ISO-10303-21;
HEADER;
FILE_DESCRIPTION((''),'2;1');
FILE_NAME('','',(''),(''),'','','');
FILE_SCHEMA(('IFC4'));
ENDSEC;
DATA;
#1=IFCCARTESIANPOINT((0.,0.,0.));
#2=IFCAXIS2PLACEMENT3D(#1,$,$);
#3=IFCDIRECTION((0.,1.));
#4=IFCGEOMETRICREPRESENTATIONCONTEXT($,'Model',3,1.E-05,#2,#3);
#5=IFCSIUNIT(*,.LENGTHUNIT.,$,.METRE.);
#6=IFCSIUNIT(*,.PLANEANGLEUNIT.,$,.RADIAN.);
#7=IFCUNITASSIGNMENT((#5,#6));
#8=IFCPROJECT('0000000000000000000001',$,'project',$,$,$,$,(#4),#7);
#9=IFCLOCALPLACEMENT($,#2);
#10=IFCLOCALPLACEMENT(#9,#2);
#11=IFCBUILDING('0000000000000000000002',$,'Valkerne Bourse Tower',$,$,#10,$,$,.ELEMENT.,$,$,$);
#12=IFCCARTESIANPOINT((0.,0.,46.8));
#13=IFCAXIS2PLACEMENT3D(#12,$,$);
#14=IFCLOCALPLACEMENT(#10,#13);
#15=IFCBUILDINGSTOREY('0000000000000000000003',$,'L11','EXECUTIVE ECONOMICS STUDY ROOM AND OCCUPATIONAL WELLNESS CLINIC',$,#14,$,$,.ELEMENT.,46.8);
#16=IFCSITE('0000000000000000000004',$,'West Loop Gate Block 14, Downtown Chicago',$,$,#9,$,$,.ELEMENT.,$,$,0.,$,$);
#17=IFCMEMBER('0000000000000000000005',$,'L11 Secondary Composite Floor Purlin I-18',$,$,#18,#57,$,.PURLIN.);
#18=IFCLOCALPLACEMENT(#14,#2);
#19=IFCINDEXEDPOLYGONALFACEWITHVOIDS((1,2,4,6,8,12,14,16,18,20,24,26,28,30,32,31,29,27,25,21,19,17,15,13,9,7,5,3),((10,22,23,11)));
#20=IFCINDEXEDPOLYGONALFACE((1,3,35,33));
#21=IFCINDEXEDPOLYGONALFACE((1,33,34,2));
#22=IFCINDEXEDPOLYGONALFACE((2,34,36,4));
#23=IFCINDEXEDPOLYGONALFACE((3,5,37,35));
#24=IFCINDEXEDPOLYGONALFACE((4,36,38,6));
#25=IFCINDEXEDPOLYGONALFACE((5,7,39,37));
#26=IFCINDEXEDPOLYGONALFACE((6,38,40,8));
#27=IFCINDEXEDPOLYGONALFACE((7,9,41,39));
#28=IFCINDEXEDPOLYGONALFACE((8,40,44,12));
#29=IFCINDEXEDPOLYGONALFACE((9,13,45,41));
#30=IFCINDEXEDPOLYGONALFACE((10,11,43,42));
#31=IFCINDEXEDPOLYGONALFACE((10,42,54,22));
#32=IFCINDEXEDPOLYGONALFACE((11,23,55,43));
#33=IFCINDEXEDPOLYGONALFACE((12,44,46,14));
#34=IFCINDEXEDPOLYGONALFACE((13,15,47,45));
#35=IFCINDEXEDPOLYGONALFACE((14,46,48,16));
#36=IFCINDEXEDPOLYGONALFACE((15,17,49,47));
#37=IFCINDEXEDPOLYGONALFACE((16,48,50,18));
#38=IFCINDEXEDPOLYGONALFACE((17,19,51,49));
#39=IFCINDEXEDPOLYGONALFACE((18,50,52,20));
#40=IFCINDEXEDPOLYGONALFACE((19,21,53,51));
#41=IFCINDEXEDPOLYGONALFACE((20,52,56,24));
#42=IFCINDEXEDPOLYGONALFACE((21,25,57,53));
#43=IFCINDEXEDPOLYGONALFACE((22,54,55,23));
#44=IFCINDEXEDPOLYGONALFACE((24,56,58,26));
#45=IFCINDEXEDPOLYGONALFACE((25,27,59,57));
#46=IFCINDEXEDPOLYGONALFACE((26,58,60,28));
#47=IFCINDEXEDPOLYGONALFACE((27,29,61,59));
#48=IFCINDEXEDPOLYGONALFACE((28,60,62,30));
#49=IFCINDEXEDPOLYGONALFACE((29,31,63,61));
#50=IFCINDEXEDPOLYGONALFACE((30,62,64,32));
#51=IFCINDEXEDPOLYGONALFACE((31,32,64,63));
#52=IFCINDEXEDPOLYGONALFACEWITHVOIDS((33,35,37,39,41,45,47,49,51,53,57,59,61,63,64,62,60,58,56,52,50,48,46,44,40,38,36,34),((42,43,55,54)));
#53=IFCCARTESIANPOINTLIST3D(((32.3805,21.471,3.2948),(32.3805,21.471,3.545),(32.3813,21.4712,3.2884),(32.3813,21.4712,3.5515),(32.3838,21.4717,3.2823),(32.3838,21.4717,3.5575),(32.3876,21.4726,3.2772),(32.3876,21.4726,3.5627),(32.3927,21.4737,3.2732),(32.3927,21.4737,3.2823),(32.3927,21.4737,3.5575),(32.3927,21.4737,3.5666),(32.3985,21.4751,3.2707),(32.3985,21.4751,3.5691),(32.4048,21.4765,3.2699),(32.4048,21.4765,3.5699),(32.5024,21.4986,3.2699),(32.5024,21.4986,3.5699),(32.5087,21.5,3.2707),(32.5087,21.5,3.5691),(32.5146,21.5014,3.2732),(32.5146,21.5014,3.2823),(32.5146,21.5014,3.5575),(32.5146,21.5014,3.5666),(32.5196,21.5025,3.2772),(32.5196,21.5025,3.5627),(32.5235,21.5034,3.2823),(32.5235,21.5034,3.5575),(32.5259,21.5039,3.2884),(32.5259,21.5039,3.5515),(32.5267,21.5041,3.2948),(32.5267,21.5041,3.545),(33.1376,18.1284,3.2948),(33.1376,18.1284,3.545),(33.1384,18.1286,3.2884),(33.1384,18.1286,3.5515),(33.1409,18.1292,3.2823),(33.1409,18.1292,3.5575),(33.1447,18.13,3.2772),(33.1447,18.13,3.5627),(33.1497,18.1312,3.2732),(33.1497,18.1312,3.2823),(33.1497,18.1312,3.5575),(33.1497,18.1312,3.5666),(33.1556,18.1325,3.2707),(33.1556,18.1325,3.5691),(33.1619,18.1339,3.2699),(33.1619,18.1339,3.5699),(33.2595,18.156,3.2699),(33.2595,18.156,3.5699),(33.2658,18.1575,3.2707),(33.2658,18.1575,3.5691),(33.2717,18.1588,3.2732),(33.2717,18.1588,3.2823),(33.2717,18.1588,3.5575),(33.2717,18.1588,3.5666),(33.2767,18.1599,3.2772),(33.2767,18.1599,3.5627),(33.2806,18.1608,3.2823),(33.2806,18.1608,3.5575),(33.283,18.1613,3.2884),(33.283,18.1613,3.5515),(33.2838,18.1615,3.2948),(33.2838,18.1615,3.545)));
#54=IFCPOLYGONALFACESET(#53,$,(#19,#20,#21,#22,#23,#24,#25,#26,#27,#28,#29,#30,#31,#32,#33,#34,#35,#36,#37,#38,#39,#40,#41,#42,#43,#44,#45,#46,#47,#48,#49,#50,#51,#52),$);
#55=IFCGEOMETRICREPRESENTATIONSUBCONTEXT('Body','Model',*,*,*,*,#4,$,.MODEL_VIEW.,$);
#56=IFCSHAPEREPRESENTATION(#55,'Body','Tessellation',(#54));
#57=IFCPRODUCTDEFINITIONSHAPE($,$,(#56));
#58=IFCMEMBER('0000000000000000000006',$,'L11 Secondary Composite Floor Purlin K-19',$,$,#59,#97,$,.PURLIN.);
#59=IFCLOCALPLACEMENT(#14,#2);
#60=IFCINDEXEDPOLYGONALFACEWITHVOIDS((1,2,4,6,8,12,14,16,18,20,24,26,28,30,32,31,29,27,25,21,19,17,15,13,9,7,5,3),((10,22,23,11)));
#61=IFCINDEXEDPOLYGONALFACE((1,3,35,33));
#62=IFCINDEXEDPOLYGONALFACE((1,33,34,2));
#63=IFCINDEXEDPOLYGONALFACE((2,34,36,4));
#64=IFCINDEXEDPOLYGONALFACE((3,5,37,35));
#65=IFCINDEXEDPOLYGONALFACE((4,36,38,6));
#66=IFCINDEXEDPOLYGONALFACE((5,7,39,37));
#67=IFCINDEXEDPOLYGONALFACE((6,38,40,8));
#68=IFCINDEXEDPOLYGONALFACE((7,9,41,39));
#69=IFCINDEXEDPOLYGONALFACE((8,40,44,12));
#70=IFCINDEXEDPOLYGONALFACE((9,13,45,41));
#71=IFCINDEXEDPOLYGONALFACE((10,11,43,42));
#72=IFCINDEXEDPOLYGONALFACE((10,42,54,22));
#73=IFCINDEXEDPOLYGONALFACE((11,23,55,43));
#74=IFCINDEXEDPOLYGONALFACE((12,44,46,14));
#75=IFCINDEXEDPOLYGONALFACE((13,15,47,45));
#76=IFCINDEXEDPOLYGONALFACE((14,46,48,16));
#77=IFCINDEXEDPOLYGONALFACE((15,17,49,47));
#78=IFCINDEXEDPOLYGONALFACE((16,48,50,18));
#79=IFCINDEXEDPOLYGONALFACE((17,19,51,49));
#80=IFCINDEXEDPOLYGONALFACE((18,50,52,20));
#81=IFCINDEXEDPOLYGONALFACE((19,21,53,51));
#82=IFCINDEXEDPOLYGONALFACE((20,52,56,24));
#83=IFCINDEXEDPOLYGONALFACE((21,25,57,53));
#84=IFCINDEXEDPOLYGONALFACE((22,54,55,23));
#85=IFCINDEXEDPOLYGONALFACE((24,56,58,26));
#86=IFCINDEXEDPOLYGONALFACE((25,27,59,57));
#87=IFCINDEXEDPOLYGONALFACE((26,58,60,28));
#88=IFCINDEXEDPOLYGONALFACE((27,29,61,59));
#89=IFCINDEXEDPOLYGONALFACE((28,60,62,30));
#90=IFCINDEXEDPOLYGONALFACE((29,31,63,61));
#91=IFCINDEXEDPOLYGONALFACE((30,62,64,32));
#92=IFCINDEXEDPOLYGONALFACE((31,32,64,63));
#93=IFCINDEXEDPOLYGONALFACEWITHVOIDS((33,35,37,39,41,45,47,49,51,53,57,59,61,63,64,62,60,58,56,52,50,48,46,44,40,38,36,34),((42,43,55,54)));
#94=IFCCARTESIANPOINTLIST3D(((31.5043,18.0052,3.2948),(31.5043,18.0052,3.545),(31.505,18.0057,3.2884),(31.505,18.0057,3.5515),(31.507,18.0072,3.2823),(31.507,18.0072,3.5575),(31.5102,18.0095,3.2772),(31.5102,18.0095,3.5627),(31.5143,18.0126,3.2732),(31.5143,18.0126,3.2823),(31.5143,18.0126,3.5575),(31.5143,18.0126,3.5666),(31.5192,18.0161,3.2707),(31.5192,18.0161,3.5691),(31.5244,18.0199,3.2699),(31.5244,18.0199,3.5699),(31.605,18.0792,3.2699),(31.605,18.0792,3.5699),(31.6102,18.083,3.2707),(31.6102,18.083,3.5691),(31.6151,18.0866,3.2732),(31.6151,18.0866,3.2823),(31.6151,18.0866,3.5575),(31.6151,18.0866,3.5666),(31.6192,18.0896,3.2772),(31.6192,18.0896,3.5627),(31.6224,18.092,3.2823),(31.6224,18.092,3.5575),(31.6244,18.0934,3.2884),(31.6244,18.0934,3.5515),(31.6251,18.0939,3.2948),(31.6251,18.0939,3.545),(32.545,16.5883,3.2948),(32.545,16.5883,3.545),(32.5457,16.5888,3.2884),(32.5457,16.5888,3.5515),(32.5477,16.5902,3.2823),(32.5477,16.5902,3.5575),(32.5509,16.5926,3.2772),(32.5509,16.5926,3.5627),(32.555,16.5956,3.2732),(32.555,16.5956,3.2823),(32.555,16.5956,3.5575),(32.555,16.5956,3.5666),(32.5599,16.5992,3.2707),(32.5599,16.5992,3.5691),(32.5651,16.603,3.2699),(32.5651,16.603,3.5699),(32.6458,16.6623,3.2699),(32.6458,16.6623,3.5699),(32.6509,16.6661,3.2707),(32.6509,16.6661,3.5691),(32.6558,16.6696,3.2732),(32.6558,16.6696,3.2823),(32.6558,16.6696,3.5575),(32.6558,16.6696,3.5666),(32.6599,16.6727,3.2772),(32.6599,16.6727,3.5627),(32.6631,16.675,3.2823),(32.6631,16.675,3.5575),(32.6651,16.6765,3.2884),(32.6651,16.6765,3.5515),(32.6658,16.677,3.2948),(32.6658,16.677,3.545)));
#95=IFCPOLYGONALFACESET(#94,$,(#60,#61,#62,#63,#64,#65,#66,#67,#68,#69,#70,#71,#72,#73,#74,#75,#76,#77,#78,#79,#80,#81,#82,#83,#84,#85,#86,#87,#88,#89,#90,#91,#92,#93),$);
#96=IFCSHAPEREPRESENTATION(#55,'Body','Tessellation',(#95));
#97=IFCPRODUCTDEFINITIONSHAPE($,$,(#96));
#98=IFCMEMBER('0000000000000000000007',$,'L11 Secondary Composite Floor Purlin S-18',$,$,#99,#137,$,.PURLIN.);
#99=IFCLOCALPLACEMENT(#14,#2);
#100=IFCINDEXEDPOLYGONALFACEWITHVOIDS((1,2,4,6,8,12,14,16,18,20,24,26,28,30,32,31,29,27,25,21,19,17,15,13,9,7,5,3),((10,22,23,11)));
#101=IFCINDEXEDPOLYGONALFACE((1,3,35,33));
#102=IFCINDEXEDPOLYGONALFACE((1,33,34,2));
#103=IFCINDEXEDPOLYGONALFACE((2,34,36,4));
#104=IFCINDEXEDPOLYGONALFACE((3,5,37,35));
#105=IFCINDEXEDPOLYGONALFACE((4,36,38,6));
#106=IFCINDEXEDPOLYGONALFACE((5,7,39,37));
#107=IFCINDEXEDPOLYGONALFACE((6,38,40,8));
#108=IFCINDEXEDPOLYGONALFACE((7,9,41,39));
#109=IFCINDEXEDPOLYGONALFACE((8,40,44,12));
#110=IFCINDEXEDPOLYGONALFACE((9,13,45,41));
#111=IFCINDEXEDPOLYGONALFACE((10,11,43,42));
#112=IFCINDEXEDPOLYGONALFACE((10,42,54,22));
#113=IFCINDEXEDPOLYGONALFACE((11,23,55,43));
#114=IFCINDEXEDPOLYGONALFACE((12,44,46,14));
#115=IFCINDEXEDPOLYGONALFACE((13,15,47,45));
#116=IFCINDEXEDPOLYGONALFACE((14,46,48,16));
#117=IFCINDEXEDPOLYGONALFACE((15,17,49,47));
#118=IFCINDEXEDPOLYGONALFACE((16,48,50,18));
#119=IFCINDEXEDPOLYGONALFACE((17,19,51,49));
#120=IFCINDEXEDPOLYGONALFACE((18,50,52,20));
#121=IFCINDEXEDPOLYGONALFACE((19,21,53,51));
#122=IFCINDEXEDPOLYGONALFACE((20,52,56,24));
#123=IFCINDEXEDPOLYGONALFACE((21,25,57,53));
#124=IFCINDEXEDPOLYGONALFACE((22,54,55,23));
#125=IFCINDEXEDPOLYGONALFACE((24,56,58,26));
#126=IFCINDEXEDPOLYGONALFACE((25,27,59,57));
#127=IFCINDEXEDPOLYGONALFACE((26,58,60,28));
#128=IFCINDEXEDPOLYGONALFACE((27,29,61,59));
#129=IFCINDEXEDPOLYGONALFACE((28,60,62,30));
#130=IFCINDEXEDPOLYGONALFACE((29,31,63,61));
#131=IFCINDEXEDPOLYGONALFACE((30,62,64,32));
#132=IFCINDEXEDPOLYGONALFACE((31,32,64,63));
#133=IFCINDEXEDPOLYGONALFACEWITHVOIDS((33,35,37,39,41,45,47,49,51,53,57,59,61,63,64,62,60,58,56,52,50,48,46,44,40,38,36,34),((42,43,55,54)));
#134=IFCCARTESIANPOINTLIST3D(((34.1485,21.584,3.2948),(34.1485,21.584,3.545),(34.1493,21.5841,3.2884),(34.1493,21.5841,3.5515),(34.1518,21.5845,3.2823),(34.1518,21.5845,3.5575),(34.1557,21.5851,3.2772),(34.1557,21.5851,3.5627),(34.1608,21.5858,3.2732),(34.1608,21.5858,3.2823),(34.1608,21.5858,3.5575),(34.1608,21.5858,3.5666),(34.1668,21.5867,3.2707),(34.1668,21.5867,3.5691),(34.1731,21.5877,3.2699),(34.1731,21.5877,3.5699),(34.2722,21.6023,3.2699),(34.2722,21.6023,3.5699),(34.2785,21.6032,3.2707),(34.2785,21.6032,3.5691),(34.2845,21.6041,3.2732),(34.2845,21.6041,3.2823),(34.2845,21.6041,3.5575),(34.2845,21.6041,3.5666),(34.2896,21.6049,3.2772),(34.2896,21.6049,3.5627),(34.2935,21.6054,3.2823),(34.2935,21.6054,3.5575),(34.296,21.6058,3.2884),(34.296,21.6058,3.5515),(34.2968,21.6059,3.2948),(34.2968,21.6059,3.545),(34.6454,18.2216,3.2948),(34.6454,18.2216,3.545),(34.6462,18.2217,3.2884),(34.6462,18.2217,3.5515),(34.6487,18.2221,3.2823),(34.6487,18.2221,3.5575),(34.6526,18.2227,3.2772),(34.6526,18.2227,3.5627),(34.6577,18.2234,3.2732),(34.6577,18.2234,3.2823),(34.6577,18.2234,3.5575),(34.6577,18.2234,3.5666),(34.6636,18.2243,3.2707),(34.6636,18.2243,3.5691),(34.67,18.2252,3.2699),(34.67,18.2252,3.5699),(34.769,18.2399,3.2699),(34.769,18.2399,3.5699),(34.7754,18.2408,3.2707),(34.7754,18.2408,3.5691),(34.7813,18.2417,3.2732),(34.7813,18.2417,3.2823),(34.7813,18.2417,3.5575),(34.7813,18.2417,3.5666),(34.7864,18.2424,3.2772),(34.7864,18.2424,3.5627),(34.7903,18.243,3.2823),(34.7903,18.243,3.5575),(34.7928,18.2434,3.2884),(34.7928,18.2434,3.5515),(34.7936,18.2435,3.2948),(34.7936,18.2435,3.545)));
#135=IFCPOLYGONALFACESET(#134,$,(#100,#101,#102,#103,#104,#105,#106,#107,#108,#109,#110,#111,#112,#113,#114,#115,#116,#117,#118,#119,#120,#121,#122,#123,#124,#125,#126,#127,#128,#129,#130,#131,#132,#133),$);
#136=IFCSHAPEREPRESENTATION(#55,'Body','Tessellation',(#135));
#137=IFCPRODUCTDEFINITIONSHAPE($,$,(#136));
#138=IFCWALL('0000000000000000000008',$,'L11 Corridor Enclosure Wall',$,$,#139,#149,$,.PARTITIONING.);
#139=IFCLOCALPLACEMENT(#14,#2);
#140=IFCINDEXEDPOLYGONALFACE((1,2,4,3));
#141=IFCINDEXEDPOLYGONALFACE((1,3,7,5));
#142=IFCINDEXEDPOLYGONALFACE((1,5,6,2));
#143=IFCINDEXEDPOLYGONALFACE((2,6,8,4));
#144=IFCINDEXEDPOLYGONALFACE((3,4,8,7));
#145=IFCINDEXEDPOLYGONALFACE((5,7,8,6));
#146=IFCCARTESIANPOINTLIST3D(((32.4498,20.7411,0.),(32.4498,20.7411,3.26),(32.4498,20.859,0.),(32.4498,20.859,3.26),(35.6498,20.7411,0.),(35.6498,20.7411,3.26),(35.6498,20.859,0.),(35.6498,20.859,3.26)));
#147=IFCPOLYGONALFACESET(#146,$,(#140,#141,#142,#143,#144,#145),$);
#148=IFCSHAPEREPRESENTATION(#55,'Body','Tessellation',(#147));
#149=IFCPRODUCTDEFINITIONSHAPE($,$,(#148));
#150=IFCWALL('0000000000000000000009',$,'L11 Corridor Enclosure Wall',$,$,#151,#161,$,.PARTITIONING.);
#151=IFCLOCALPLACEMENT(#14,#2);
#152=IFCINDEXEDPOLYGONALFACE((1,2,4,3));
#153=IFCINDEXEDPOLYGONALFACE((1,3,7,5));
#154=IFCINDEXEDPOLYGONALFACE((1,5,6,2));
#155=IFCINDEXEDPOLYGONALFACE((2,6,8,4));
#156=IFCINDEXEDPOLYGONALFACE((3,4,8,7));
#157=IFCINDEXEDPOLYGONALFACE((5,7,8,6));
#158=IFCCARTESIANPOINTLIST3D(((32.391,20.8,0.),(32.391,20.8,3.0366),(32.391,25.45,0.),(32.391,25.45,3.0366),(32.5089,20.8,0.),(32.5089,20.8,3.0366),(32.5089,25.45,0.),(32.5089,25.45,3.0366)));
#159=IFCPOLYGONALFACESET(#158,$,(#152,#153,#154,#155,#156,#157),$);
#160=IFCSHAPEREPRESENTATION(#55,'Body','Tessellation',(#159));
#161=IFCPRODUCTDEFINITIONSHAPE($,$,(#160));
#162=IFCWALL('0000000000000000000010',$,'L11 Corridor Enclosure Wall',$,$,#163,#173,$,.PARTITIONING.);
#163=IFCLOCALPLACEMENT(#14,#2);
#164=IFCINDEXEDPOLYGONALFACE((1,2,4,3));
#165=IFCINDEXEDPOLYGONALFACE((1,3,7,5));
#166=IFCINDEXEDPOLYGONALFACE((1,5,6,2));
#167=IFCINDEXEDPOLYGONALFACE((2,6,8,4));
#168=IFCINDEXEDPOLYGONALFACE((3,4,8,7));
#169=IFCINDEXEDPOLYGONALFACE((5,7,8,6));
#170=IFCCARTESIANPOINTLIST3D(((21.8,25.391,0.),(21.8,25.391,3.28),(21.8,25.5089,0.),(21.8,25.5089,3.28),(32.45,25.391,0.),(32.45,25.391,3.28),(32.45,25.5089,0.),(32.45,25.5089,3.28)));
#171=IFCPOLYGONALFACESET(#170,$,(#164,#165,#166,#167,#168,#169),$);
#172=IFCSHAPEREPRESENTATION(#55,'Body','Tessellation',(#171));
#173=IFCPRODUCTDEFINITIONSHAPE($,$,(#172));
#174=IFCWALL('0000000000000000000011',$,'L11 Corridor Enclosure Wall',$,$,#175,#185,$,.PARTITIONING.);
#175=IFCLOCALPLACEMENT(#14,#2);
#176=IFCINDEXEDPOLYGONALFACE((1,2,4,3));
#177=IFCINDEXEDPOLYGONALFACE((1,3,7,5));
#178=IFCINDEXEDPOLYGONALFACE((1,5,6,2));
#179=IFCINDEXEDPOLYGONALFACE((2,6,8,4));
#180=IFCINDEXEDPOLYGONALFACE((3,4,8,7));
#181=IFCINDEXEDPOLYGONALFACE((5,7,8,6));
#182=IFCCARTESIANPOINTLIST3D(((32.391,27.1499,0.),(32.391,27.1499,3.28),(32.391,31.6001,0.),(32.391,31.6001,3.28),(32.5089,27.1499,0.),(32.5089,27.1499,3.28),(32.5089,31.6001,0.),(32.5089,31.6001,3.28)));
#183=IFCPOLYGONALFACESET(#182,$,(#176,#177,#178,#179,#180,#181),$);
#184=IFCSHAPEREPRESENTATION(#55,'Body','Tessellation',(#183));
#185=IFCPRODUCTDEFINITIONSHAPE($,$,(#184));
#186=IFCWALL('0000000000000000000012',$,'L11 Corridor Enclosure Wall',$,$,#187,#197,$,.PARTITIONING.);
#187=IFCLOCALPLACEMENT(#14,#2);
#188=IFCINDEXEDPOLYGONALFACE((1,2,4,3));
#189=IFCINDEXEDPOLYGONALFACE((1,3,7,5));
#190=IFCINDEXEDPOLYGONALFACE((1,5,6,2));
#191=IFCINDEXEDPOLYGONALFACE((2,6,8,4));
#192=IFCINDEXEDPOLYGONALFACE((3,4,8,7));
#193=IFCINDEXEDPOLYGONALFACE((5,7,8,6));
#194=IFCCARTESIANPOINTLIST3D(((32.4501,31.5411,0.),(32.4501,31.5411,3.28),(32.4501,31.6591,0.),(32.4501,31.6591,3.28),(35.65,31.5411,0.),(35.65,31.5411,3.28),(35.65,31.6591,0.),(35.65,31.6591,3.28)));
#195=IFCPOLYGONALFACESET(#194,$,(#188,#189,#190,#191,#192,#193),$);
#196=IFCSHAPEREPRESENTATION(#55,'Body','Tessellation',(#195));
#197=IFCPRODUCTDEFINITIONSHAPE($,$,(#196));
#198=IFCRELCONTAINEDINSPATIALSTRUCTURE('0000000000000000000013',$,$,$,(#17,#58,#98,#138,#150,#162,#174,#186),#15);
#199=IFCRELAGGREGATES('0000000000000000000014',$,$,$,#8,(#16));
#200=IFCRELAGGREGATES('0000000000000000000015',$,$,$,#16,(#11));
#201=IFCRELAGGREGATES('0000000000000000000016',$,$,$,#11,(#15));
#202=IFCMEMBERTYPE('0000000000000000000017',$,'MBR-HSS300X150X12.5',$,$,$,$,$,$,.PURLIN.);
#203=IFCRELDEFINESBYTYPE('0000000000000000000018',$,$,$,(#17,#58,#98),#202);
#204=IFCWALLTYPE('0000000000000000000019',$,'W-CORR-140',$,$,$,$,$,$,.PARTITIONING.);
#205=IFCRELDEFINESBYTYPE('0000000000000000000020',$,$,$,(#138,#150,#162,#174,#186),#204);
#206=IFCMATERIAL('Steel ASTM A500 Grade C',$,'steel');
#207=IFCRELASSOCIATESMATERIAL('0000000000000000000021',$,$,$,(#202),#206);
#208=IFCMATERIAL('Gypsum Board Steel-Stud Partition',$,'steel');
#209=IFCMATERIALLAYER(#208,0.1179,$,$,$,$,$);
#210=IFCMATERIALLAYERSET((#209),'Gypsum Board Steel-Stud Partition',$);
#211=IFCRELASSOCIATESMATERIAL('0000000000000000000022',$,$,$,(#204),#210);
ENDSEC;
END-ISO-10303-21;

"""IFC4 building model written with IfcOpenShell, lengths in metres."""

from ifc_helpers import new_model, si_unit, direction, frame, frame_2d, origin, origin_2d, place, context, subcontext, project, spatial, rectangle, hollow_rectangle, extrude, material, layer, layer_set, material_profile, profile_set, type_object, element, save


model = new_model("IFC4")

# Units and contexts
model_context = context("Model", 3, precision=1e-05, world=origin(), true_north=direction((0.0, 1.0)))
body_context = subcontext(model_context, "Body", "Model", "MODEL_VIEW")
ifc_project = project(units=[si_unit("LENGTHUNIT", "METRE"), si_unit("PLANEANGLEUNIT", "RADIAN")], contexts=[model_context])

# Site, building, storey
site_placement = place(None, origin())
site = spatial("IfcSite", under=ifc_project, at=site_placement, Name="West Loop Gate Block 14, Downtown Chicago", CompositionType="ELEMENT", RefElevation=0.0)
building_placement = place(site_placement, origin())
building = spatial("IfcBuilding", under=site, at=building_placement, Name="Valkerne Bourse Tower", CompositionType="ELEMENT")
storey_placement = place(building_placement, frame((0.0, 0.0, 46.8)))
storey = spatial("IfcBuildingStorey", under=building, at=storey_placement, Name="L11", Description="EXECUTIVE ECONOMICS STUDY ROOM AND OCCUPATIONAL WELLNESS CLINIC", CompositionType="ELEMENT", Elevation=46.8)

# Members
ifc_material_1 = material(Name="Steel ASTM A500 Grade C", Category="steel")
ifc_material_profile = material_profile(ifc_material_1, hollow_rectangle(XDim=0.1499, YDim=0.3, WallThickness=0.0125, OuterFilletRadius=0.0249, at=origin_2d()), Name="HSS300X150X12.5")
ifc_profile_set = profile_set([ifc_material_profile], Name="Steel ASTM A500 Grade C")
member_type = type_object("IfcMemberType", Name="MBR-HSS300X150X12.5", PredefinedType="PURLIN", material=ifc_profile_set)
member_1_placement = place(storey_placement, frame((32.4536, 21.4875, 3.4199), z_axis=(0.220904, -0.975296, 0.0), x_axis=(0.975296, 0.220904, 0.0)))
element("IfcMember", 1, at=member_1_placement, inside=storey, type_object=member_type, Name="L11 Secondary Composite Floor Purlin I-18", PredefinedType="PURLIN", context=body_context, shape_type="SweptSolid", body=[
    extrude(hollow_rectangle(XDim=0.1499, YDim=0.3, WallThickness=0.0125, OuterFilletRadius=0.0249, at=origin_2d()), origin(), (0.0, 0.0, 1.0), 3.4272),
])
member_2_placement = place(storey_placement, frame((31.5647, 18.0496, 3.4199), z_axis=(0.591972, -0.805959, 0.0), x_axis=(0.805959, 0.591972, 0.0)))
element("IfcMember", 2, at=member_2_placement, inside=storey, type_object=member_type, Name="L11 Secondary Composite Floor Purlin K-19", PredefinedType="PURLIN", context=body_context, shape_type="SweptSolid", body=[
    extrude(hollow_rectangle(XDim=0.1499, YDim=0.3, WallThickness=0.0125, OuterFilletRadius=0.0249, at=origin_2d()), origin(), (0.0, 0.0, 1.0), 1.7581),
])
member_3_placement = place(storey_placement, frame((34.2227, 21.595, 3.4199), z_axis=(0.146176, -0.989259, 0.0), x_axis=(0.989259, 0.146176, 0.0)))
element("IfcMember", 3, at=member_3_placement, inside=storey, type_object=member_type, Name="L11 Secondary Composite Floor Purlin S-18", PredefinedType="PURLIN", context=body_context, shape_type="SweptSolid", body=[
    extrude(hollow_rectangle(XDim=0.1499, YDim=0.3, WallThickness=0.0125, OuterFilletRadius=0.0249, at=origin_2d()), origin(), (0.0, 0.0, 1.0), 3.3989),
])

# Walls
ifc_material_2 = material(Name="Gypsum Board Steel-Stud Partition", Category="steel")
ifc_layer_1 = layer(ifc_material_2, 0.1179)
ifc_layer_set_1 = layer_set([ifc_layer_1], Name="Gypsum Board Steel-Stud Partition")
wall_type_1 = type_object("IfcWallType", Name="W-CORR-140", PredefinedType="PARTITIONING", material=ifc_layer_set_1)
wall_1_placement = place(storey_placement, frame((35.6499, 20.8, 0.0), z_axis=(0.0, 0.0, 1.0), x_axis=(-1.0, 0.0, 0.0)))
element("IfcWall", 4, at=wall_1_placement, inside=storey, type_object=wall_type_1, Name="L11 Corridor Enclosure Wall", PredefinedType="PARTITIONING", context=body_context, shape_type="SweptSolid", body=[
    extrude(rectangle(XDim=3.2, YDim=0.1179, at=frame_2d((1.6001, 0.0))), origin(), (0.0, 0.0, 1.0), 3.26),
])
wall_2_placement = place(storey_placement, frame((32.45, 20.8, 0.0), z_axis=(0.0, 0.0, 1.0), x_axis=(0.0, 1.0, 0.0)))
element("IfcWall", 5, at=wall_2_placement, inside=storey, type_object=wall_type_1, Name="L11 Corridor Enclosure Wall", PredefinedType="PARTITIONING", context=body_context, shape_type="SweptSolid", body=[
    extrude(rectangle(XDim=4.6499, YDim=0.1179, at=frame_2d((2.325, 0.0))), origin(), (0.0, 0.0, 1.0), 3.0366),
])
wall_3_placement = place(storey_placement, frame((32.45, 25.45, 0.0), z_axis=(0.0, 0.0, 1.0), x_axis=(-1.0, 0.0, 0.0)))
element("IfcWall", 6, at=wall_3_placement, inside=storey, type_object=wall_type_1, Name="L11 Corridor Enclosure Wall", PredefinedType="PARTITIONING", context=body_context, shape_type="SweptSolid", body=[
    extrude(rectangle(XDim=10.6499, YDim=0.1179, at=frame_2d((5.325, 0.0))), origin(), (0.0, 0.0, 1.0), 3.28),
])
wall_4_placement = place(storey_placement, frame((32.45, 27.1499, 0.0), z_axis=(0.0, 0.0, 1.0), x_axis=(0.0, 1.0, 0.0)))
element("IfcWall", 7, at=wall_4_placement, inside=storey, type_object=wall_type_1, Name="L11 Corridor Enclosure Wall", PredefinedType="PARTITIONING", context=body_context, shape_type="SweptSolid", body=[
    extrude(rectangle(XDim=4.4502, YDim=0.1179, at=frame_2d((2.2251, 0.0))), origin(), (0.0, 0.0, 1.0), 3.28),
])
wall_5_placement = place(storey_placement, frame((32.45, 31.6001, 0.0), z_axis=(0.0, 0.0, 1.0), x_axis=(1.0, 0.0, 0.0)))
element("IfcWall", 8, at=wall_5_placement, inside=storey, type_object=wall_type_1, Name="L11 Corridor Enclosure Wall", PredefinedType="PARTITIONING", context=body_context, shape_type="SweptSolid", body=[
    extrude(rectangle(XDim=3.2, YDim=0.1179, at=frame_2d((1.6001, 0.0))), origin(), (0.0, 0.0, 1.0), 3.28),
])

save(model, "model.ifc")
